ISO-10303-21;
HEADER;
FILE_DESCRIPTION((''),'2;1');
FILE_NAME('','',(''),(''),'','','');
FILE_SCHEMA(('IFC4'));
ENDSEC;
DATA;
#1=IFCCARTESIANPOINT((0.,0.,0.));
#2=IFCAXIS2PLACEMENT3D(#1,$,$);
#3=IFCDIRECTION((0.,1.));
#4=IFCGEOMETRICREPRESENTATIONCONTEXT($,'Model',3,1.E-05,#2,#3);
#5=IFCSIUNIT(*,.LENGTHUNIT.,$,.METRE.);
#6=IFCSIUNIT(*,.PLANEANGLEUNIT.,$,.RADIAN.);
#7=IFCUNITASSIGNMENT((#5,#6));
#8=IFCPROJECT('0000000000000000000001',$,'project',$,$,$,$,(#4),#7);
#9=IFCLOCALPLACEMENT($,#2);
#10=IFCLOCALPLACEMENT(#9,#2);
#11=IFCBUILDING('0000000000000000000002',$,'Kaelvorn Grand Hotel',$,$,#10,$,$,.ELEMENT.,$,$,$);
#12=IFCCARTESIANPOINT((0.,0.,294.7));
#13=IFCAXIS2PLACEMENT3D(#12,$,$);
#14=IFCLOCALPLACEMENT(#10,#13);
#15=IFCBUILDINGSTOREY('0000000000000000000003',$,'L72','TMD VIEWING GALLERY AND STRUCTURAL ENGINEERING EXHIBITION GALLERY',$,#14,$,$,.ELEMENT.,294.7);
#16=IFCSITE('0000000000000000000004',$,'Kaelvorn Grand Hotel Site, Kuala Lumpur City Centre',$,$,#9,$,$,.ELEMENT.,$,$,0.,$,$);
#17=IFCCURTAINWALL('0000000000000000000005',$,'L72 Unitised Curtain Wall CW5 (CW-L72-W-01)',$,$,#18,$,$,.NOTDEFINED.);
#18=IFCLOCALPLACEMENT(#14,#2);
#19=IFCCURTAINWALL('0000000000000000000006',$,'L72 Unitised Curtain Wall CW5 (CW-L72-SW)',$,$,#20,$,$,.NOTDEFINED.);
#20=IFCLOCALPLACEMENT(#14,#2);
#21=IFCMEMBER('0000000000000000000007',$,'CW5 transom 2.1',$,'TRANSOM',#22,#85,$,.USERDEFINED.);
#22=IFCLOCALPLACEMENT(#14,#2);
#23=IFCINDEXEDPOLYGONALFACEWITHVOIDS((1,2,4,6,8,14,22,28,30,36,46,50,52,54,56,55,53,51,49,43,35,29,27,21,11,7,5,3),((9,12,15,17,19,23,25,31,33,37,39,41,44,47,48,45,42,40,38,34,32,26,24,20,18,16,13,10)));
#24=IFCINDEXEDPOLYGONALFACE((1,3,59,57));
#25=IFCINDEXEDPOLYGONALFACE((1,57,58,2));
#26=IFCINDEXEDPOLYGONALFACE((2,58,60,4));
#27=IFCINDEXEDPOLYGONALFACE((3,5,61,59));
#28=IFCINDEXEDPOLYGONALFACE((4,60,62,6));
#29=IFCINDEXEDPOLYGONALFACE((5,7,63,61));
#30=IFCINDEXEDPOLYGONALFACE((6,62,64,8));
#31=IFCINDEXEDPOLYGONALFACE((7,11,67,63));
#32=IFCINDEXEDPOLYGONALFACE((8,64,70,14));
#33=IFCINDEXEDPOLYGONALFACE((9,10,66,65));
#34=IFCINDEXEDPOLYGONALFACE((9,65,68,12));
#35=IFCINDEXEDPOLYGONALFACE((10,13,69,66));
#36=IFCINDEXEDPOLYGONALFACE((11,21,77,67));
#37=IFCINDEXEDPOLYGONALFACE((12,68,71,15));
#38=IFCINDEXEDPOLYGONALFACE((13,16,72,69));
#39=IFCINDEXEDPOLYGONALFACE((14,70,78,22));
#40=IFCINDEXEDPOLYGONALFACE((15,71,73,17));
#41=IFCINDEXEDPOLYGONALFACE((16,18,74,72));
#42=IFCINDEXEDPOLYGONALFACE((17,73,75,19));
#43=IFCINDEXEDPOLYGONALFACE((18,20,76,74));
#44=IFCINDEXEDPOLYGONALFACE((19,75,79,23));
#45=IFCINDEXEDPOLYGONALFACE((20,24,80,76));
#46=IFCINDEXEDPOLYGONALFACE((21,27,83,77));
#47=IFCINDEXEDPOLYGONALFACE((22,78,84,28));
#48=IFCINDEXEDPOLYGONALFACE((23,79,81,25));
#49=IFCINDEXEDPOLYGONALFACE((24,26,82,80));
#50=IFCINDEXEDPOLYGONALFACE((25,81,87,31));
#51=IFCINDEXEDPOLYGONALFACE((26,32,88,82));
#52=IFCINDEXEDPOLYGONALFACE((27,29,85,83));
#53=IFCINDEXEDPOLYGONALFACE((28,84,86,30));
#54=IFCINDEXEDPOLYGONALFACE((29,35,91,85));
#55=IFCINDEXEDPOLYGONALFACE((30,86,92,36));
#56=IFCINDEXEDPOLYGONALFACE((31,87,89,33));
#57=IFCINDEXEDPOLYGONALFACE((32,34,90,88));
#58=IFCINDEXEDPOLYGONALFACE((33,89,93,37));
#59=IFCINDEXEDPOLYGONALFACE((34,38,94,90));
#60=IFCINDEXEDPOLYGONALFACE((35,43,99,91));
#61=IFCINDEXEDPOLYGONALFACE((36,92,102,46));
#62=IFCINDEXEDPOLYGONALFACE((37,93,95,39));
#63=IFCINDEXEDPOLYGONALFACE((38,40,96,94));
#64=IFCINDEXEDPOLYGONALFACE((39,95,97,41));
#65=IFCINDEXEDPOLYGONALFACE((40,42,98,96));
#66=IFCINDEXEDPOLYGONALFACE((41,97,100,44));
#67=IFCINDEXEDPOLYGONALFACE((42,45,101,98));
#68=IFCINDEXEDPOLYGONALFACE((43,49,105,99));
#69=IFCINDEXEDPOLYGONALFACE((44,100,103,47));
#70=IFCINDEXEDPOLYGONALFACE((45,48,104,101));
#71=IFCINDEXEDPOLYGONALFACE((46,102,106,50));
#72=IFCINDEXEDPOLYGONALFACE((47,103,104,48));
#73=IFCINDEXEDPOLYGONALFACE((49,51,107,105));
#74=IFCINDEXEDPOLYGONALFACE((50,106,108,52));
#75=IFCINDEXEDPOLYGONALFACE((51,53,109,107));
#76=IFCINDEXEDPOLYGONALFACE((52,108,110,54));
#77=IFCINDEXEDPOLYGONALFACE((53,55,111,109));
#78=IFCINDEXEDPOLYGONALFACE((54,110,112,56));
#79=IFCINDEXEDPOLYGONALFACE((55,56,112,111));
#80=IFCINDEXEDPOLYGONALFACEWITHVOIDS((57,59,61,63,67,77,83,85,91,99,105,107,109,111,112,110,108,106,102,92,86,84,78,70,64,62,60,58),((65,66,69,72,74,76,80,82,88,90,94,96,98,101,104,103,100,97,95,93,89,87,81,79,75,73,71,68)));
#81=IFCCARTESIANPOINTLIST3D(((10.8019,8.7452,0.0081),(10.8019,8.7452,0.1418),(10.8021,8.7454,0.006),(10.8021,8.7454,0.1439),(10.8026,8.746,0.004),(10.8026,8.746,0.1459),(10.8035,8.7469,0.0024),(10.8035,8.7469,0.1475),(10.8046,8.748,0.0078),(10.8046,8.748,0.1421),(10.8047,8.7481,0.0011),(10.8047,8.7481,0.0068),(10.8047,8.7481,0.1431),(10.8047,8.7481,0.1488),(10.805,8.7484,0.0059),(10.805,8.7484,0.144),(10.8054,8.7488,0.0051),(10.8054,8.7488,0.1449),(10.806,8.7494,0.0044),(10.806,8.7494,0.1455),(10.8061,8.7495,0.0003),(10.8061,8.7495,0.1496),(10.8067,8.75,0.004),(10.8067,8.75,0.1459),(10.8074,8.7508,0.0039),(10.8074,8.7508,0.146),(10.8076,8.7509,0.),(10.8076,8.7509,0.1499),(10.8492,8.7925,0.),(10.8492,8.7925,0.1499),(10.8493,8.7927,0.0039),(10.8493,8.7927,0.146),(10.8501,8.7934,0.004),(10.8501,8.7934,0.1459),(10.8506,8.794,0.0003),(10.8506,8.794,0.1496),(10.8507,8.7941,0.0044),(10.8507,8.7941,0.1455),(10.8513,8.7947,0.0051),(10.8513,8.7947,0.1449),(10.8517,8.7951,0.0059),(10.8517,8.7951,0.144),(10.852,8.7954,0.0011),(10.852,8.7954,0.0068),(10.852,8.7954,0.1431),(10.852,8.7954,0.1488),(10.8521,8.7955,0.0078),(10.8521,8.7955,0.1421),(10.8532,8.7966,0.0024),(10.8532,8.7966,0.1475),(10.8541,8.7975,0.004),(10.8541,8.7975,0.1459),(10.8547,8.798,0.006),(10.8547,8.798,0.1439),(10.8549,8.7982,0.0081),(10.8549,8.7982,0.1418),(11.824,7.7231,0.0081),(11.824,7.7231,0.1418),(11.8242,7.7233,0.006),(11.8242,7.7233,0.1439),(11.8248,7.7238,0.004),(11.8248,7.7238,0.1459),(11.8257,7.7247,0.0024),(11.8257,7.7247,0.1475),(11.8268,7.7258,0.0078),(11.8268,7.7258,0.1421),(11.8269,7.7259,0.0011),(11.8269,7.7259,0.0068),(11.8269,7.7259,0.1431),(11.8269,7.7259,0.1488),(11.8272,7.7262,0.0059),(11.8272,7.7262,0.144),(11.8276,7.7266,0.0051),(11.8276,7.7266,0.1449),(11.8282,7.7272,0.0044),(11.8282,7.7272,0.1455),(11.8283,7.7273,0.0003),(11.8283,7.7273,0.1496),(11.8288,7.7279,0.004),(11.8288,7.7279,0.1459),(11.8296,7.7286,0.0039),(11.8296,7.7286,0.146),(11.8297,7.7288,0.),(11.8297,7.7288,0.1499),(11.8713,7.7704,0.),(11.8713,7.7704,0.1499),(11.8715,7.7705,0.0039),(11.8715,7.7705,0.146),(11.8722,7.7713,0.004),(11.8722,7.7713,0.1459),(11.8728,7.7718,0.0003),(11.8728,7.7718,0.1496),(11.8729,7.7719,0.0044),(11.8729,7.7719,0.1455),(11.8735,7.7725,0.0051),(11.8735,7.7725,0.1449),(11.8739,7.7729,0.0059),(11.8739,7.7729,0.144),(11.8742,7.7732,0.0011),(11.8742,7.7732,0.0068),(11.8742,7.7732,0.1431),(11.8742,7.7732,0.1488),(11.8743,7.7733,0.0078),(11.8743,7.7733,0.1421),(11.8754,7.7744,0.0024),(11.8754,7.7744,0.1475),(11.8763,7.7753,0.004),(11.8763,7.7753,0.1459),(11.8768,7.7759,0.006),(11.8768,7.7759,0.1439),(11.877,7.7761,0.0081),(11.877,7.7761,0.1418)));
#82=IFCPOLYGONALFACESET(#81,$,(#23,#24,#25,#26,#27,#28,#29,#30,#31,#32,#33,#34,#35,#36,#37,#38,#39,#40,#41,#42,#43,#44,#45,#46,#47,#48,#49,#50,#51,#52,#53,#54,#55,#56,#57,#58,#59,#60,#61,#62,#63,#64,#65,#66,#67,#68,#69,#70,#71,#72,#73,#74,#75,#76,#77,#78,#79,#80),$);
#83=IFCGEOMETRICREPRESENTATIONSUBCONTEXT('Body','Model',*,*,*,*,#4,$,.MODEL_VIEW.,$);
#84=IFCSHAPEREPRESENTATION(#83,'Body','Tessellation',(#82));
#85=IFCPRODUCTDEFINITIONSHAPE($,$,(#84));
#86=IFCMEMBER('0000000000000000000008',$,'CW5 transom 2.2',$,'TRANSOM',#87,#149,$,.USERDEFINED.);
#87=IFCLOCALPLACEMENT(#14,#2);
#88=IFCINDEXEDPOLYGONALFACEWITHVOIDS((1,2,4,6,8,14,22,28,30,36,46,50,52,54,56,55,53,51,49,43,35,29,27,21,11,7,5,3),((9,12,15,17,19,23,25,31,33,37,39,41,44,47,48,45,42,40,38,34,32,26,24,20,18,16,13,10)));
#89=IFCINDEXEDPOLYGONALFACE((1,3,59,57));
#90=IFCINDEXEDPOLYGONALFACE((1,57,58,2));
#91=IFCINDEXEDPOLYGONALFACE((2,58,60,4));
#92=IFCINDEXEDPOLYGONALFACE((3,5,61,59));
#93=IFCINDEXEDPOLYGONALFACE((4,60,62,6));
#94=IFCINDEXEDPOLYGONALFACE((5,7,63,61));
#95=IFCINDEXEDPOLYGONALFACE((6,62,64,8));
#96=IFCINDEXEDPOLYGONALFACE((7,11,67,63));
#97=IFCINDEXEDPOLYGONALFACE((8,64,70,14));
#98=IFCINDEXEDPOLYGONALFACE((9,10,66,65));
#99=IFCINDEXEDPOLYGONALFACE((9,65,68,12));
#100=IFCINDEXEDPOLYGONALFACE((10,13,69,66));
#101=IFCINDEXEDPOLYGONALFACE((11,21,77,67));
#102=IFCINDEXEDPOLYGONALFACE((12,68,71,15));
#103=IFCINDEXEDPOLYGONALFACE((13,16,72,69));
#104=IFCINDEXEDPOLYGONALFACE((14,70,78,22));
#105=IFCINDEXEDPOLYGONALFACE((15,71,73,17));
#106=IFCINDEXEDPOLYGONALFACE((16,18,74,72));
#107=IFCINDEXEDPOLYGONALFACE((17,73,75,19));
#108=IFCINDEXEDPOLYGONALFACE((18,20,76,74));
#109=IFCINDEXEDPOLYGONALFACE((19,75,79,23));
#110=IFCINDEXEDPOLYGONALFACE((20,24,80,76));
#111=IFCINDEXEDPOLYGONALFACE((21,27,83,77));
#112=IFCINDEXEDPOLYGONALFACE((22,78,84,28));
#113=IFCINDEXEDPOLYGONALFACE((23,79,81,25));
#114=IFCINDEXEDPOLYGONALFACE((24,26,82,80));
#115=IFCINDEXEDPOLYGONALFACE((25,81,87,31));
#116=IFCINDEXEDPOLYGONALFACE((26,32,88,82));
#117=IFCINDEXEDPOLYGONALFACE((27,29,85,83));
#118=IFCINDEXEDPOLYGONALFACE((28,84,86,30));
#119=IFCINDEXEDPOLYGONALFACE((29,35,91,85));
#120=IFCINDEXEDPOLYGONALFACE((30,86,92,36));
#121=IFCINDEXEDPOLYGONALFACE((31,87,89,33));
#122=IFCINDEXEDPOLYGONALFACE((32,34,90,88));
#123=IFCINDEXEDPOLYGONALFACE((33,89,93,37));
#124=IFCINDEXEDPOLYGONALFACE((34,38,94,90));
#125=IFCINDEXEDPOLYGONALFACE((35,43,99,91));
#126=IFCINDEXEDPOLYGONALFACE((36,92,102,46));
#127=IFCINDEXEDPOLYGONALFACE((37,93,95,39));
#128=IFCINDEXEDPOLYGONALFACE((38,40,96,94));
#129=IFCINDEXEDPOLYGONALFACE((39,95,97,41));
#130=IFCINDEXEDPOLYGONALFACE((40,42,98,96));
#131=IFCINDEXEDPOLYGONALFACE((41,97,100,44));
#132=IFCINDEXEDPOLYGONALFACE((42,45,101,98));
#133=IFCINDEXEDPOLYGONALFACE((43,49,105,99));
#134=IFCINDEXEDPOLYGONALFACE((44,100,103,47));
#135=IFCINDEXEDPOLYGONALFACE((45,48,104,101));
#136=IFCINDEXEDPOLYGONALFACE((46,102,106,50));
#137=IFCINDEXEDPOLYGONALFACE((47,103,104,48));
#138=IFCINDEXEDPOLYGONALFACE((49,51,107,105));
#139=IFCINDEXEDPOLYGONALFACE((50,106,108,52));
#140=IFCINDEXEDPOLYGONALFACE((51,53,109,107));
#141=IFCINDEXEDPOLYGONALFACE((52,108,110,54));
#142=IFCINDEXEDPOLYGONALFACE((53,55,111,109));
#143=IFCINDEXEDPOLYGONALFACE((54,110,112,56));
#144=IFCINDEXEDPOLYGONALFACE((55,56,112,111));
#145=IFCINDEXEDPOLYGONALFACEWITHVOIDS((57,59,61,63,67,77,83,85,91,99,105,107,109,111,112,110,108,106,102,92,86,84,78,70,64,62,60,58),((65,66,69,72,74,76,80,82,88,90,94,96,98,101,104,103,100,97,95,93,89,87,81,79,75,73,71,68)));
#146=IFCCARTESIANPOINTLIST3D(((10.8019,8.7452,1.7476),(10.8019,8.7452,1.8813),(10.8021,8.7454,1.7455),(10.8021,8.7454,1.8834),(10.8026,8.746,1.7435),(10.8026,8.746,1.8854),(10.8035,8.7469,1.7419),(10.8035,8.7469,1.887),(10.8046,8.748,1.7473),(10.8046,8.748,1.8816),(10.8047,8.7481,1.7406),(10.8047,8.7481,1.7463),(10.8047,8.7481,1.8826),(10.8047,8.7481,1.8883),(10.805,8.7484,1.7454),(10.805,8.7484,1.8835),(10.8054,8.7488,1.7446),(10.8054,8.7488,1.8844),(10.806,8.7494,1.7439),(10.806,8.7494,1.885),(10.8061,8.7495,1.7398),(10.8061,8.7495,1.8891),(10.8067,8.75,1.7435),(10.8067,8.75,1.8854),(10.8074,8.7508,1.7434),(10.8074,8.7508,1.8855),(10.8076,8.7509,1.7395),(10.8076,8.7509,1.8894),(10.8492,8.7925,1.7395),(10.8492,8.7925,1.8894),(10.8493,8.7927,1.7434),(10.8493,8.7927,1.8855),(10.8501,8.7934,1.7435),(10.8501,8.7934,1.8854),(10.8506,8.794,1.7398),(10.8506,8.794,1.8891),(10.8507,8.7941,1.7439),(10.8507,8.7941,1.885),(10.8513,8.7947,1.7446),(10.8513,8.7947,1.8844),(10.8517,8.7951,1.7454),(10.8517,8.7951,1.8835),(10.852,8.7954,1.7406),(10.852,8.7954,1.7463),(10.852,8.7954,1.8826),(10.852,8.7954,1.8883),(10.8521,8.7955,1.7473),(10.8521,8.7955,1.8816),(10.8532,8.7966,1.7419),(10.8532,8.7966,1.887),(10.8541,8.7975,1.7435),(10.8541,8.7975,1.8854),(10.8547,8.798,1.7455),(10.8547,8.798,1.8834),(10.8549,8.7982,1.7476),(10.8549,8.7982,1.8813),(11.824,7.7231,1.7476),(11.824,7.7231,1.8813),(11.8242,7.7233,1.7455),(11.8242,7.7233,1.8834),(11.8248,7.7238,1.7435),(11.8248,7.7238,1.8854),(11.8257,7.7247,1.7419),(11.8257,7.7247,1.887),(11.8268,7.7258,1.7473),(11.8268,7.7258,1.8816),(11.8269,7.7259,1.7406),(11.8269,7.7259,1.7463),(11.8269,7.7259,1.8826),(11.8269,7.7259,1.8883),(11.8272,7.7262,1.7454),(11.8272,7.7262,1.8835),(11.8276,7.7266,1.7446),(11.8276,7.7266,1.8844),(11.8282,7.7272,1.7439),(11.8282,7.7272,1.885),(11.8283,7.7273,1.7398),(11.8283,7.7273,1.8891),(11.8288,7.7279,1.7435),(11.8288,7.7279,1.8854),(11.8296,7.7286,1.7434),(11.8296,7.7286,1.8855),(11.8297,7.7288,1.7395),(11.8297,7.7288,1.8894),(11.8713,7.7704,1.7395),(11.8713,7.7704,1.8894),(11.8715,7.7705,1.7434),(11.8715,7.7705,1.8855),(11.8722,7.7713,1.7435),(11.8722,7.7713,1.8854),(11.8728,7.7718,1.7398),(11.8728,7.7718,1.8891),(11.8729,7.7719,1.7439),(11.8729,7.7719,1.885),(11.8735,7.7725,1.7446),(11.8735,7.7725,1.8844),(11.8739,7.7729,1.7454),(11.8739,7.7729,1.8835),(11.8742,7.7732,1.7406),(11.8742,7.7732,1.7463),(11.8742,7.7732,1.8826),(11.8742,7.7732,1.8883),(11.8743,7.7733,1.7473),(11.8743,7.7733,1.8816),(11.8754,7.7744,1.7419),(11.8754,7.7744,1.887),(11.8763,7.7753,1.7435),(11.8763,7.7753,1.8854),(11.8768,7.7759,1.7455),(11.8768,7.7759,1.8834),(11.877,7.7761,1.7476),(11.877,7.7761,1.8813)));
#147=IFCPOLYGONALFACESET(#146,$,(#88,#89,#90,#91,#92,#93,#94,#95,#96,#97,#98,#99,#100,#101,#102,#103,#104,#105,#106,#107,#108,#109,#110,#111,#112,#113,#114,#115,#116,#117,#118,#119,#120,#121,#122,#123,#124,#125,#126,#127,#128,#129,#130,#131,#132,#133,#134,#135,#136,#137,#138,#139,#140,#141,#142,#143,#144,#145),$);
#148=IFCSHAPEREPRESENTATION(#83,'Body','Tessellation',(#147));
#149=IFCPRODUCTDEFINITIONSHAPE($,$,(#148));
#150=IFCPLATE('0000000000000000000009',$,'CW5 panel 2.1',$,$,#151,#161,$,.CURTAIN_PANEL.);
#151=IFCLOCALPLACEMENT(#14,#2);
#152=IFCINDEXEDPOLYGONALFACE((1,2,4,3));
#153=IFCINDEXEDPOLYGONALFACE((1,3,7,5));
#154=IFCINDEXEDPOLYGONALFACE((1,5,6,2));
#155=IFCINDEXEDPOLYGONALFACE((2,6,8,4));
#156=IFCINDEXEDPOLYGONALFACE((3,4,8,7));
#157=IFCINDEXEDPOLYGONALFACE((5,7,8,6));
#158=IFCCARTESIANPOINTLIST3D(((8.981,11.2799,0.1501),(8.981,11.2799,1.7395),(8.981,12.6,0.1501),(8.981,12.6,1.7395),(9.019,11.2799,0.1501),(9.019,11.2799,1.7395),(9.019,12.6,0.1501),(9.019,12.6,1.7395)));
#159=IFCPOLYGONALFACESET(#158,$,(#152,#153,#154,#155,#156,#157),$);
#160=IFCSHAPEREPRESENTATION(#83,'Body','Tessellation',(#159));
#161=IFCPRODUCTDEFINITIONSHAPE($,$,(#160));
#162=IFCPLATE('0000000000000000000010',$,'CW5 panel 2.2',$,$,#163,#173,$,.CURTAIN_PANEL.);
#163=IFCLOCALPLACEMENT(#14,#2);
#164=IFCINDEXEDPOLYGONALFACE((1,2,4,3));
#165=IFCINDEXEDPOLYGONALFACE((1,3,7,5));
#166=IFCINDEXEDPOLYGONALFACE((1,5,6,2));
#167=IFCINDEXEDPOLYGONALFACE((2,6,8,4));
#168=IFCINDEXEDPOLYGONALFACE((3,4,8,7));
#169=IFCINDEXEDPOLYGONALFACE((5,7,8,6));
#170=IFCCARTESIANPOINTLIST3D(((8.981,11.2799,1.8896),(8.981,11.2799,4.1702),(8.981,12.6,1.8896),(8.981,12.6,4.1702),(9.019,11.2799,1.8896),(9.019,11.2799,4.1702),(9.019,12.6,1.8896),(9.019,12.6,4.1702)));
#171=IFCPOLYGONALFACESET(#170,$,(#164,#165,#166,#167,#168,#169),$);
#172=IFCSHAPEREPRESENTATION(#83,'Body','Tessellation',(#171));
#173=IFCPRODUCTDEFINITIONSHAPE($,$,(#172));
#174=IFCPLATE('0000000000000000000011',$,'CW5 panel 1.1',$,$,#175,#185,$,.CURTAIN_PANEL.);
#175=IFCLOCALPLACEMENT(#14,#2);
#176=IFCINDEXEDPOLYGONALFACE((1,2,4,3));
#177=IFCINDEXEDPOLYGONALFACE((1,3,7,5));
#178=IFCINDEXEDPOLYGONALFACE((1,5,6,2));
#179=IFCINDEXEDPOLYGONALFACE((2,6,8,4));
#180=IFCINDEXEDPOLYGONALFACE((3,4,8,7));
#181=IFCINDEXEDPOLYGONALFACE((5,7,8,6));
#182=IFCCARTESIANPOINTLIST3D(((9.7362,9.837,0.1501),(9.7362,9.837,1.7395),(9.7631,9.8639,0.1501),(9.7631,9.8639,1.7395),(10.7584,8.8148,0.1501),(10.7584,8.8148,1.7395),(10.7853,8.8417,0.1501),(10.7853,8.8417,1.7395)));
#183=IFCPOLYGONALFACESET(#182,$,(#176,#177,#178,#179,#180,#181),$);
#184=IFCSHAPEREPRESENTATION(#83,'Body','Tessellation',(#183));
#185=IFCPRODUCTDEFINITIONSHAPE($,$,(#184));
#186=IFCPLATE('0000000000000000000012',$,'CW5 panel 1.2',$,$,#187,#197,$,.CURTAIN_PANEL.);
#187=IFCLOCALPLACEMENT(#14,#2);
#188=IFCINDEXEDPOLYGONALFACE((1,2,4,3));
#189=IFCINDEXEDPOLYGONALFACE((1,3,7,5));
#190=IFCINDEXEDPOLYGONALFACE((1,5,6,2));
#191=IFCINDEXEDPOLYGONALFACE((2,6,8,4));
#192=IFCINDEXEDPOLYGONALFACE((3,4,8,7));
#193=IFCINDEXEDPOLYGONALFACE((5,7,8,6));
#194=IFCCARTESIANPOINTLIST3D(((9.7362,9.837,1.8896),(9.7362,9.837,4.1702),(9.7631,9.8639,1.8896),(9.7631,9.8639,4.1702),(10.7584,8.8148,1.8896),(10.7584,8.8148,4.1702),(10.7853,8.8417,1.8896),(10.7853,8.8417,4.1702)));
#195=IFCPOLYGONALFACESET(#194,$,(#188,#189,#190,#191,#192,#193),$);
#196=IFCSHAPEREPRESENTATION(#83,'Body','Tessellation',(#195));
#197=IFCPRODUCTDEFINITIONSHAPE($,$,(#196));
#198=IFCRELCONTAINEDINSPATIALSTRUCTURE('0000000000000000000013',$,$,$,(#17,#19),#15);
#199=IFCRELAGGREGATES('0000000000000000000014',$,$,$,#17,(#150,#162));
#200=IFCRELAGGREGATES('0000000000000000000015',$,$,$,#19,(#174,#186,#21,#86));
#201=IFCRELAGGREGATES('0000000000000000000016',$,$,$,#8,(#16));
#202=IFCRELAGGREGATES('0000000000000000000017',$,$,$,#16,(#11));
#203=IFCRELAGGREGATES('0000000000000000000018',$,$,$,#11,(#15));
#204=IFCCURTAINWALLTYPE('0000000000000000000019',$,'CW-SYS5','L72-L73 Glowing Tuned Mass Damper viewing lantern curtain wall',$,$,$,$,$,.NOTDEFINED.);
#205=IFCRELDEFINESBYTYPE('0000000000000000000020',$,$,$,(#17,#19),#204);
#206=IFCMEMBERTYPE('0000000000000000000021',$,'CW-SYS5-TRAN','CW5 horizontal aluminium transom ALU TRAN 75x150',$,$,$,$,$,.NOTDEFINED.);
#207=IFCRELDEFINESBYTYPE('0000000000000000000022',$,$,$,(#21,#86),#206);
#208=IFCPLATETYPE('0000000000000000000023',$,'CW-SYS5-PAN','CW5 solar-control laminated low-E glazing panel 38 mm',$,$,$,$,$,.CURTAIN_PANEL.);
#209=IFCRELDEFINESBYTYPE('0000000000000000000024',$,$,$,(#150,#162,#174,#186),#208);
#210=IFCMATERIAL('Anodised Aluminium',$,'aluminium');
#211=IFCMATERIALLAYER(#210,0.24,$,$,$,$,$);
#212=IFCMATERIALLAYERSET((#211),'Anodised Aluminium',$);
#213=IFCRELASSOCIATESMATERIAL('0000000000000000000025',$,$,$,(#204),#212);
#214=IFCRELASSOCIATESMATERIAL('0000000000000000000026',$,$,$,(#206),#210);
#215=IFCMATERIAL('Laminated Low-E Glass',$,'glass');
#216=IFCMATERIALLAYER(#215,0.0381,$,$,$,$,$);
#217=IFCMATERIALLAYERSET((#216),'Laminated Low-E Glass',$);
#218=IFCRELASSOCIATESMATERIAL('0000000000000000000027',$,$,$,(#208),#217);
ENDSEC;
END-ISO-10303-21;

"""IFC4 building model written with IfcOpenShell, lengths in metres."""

from ifc_helpers import new_model, si_unit, direction, frame, origin, origin_2d, place, context, subcontext, project, spatial, rectangle, hollow_rectangle, extrude, material, layer, layer_set, material_profile, profile_set, type_object, element, aggregate, save


model = new_model("IFC4")

# Units and contexts
model_context = context("Model", 3, precision=1e-05, world=origin(), true_north=direction((0.0, 1.0)))
body_context = subcontext(model_context, "Body", "Model", "MODEL_VIEW")
ifc_project = project(units=[si_unit("LENGTHUNIT", "METRE"), si_unit("PLANEANGLEUNIT", "RADIAN")], contexts=[model_context])

# Site, building, storey
site_placement = place(None, origin())
site = spatial("IfcSite", under=ifc_project, at=site_placement, Name="Kaelvorn Grand Hotel Site, Kuala Lumpur City Centre", CompositionType="ELEMENT", RefElevation=0.0)
building_placement = place(site_placement, origin())
building = spatial("IfcBuilding", under=site, at=building_placement, Name="Kaelvorn Grand Hotel", CompositionType="ELEMENT")
storey_placement = place(building_placement, frame((0.0, 0.0, 294.7)))
storey = spatial("IfcBuildingStorey", under=building, at=storey_placement, Name="L72", Description="TMD VIEWING GALLERY AND STRUCTURAL ENGINEERING EXHIBITION GALLERY", CompositionType="ELEMENT", Elevation=294.7)

# Curtain wall
ifc_material_1 = material(Name="Anodised Aluminium", Category="aluminium")
ifc_layer_1 = layer(ifc_material_1, 0.24)
ifc_layer_set_1 = layer_set([ifc_layer_1], Name="Anodised Aluminium")
curtain_wall_type = type_object("IfcCurtainWallType", Name="CW-SYS5", Description="L72-L73 Glowing Tuned Mass Damper viewing lantern curtain wall", PredefinedType="NOTDEFINED", material=ifc_layer_set_1)
curtain_wall_1_placement = place(storey_placement, origin())
curtain_wall_1 = element("IfcCurtainWall", 1, at=curtain_wall_1_placement, inside=storey, type_object=curtain_wall_type, Name="L72 Unitised Curtain Wall CW5 (CW-L72-W-01)", PredefinedType="NOTDEFINED")

# Curtain wall, members
curtain_wall_2_placement = place(storey_placement, origin())
curtain_wall_2 = element("IfcCurtainWall", 2, at=curtain_wall_2_placement, inside=storey, type_object=curtain_wall_type, Name="L72 Unitised Curtain Wall CW5 (CW-L72-SW)", PredefinedType="NOTDEFINED")
ifc_material_profile_1 = material_profile(ifc_material_1, hollow_rectangle(XDim=0.075, YDim=0.1499, WallThickness=0.0039, InnerFilletRadius=0.0039, OuterFilletRadius=0.0081, at=origin_2d()), Name="ALU TRAN 75x150")
ifc_profile_set_1 = profile_set([ifc_material_profile_1], Name="Anodised Aluminium")
member_type_1 = type_object("IfcMemberType", Name="CW-SYS5-TRAN", Description="CW5 horizontal aluminium transom ALU TRAN 75x150", PredefinedType="NOTDEFINED", material=ifc_profile_set_1)
member_1_placement = place(storey_placement, frame((10.8284, 8.7717, 0.075), z_axis=(0.707107, -0.707107, 0.0), x_axis=(0.707107, 0.707107, 0.0)))
member_1 = element("IfcMember", 3, at=member_1_placement, type_object=member_type_1, Name="CW5 transom 2.1", ObjectType="TRANSOM", PredefinedType="USERDEFINED", context=body_context, shape_type="SweptSolid", body=[
    extrude(hollow_rectangle(XDim=0.075, YDim=0.1499, WallThickness=0.0039, InnerFilletRadius=0.0039, OuterFilletRadius=0.0081, at=origin_2d()), origin(), (0.0, 0.0, 1.0), 1.4456),
])
member_2_placement = place(storey_placement, frame((10.8284, 8.7717, 1.8145), z_axis=(0.707107, -0.707107, 0.0), x_axis=(0.707107, 0.707107, 0.0)))
member_2 = element("IfcMember", 4, at=member_2_placement, type_object=member_type_1, Name="CW5 transom 2.2", ObjectType="TRANSOM", PredefinedType="USERDEFINED", context=body_context, shape_type="SweptSolid", body=[
    extrude(hollow_rectangle(XDim=0.075, YDim=0.1499, WallThickness=0.0039, InnerFilletRadius=0.0039, OuterFilletRadius=0.0081, at=origin_2d()), origin(), (0.0, 0.0, 1.0), 1.4456),
])

# Plates
ifc_material_2 = material(Name="Laminated Low-E Glass", Category="glass")
ifc_layer_2 = layer(ifc_material_2, 0.0381)
ifc_layer_set_2 = layer_set([ifc_layer_2], Name="Laminated Low-E Glass")
plate_type = type_object("IfcPlateType", Name="CW-SYS5-PAN", Description="CW5 solar-control laminated low-E glazing panel 38 mm", PredefinedType="CURTAIN_PANEL", material=ifc_layer_set_2)
plate_1_placement = place(storey_placement, frame((9.0, 11.9399, 0.1501), z_axis=(0.0, 0.0, 1.0), x_axis=(0.0, -1.0, 0.0)))
plate_1 = element("IfcPlate", 5, at=plate_1_placement, type_object=plate_type, Name="CW5 panel 2.1", PredefinedType="CURTAIN_PANEL", context=body_context, shape_type="SweptSolid", body=[
    extrude(rectangle(XDim=1.3201, YDim=0.0381, at=origin_2d()), origin(), (0.0, 0.0, 1.0), 1.5894),
])
plate_2_placement = place(storey_placement, frame((9.0, 11.9399, 1.8896), z_axis=(0.0, 0.0, 1.0), x_axis=(0.0, -1.0, 0.0)))
plate_2 = element("IfcPlate", 6, at=plate_2_placement, type_object=plate_type, Name="CW5 panel 2.2", PredefinedType="CURTAIN_PANEL", context=body_context, shape_type="SweptSolid", body=[
    extrude(rectangle(XDim=1.3201, YDim=0.0381, at=origin_2d()), origin(), (0.0, 0.0, 1.0), 2.2805),
])
aggregate(curtain_wall_1, [plate_1, plate_2])
plate_3_placement = place(storey_placement, frame((10.2607, 9.3394, 0.1501), z_axis=(0.0, 0.0, 1.0), x_axis=(0.707107, -0.707107, 0.0)))
plate_3 = element("IfcPlate", 7, at=plate_3_placement, type_object=plate_type, Name="CW5 panel 1.1", PredefinedType="CURTAIN_PANEL", context=body_context, shape_type="SweptSolid", body=[
    extrude(rectangle(XDim=1.4456, YDim=0.0381, at=origin_2d()), origin(), (0.0, 0.0, 1.0), 1.5894),
])
plate_4_placement = place(storey_placement, frame((10.2607, 9.3394, 1.8896), z_axis=(0.0, 0.0, 1.0), x_axis=(0.707107, -0.707107, 0.0)))
plate_4 = element("IfcPlate", 8, at=plate_4_placement, type_object=plate_type, Name="CW5 panel 1.2", PredefinedType="CURTAIN_PANEL", context=body_context, shape_type="SweptSolid", body=[
    extrude(rectangle(XDim=1.4456, YDim=0.0381, at=origin_2d()), origin(), (0.0, 0.0, 1.0), 2.2805),
])
aggregate(curtain_wall_2, [plate_3, plate_4, member_1, member_2])

save(model, "model.ifc")
